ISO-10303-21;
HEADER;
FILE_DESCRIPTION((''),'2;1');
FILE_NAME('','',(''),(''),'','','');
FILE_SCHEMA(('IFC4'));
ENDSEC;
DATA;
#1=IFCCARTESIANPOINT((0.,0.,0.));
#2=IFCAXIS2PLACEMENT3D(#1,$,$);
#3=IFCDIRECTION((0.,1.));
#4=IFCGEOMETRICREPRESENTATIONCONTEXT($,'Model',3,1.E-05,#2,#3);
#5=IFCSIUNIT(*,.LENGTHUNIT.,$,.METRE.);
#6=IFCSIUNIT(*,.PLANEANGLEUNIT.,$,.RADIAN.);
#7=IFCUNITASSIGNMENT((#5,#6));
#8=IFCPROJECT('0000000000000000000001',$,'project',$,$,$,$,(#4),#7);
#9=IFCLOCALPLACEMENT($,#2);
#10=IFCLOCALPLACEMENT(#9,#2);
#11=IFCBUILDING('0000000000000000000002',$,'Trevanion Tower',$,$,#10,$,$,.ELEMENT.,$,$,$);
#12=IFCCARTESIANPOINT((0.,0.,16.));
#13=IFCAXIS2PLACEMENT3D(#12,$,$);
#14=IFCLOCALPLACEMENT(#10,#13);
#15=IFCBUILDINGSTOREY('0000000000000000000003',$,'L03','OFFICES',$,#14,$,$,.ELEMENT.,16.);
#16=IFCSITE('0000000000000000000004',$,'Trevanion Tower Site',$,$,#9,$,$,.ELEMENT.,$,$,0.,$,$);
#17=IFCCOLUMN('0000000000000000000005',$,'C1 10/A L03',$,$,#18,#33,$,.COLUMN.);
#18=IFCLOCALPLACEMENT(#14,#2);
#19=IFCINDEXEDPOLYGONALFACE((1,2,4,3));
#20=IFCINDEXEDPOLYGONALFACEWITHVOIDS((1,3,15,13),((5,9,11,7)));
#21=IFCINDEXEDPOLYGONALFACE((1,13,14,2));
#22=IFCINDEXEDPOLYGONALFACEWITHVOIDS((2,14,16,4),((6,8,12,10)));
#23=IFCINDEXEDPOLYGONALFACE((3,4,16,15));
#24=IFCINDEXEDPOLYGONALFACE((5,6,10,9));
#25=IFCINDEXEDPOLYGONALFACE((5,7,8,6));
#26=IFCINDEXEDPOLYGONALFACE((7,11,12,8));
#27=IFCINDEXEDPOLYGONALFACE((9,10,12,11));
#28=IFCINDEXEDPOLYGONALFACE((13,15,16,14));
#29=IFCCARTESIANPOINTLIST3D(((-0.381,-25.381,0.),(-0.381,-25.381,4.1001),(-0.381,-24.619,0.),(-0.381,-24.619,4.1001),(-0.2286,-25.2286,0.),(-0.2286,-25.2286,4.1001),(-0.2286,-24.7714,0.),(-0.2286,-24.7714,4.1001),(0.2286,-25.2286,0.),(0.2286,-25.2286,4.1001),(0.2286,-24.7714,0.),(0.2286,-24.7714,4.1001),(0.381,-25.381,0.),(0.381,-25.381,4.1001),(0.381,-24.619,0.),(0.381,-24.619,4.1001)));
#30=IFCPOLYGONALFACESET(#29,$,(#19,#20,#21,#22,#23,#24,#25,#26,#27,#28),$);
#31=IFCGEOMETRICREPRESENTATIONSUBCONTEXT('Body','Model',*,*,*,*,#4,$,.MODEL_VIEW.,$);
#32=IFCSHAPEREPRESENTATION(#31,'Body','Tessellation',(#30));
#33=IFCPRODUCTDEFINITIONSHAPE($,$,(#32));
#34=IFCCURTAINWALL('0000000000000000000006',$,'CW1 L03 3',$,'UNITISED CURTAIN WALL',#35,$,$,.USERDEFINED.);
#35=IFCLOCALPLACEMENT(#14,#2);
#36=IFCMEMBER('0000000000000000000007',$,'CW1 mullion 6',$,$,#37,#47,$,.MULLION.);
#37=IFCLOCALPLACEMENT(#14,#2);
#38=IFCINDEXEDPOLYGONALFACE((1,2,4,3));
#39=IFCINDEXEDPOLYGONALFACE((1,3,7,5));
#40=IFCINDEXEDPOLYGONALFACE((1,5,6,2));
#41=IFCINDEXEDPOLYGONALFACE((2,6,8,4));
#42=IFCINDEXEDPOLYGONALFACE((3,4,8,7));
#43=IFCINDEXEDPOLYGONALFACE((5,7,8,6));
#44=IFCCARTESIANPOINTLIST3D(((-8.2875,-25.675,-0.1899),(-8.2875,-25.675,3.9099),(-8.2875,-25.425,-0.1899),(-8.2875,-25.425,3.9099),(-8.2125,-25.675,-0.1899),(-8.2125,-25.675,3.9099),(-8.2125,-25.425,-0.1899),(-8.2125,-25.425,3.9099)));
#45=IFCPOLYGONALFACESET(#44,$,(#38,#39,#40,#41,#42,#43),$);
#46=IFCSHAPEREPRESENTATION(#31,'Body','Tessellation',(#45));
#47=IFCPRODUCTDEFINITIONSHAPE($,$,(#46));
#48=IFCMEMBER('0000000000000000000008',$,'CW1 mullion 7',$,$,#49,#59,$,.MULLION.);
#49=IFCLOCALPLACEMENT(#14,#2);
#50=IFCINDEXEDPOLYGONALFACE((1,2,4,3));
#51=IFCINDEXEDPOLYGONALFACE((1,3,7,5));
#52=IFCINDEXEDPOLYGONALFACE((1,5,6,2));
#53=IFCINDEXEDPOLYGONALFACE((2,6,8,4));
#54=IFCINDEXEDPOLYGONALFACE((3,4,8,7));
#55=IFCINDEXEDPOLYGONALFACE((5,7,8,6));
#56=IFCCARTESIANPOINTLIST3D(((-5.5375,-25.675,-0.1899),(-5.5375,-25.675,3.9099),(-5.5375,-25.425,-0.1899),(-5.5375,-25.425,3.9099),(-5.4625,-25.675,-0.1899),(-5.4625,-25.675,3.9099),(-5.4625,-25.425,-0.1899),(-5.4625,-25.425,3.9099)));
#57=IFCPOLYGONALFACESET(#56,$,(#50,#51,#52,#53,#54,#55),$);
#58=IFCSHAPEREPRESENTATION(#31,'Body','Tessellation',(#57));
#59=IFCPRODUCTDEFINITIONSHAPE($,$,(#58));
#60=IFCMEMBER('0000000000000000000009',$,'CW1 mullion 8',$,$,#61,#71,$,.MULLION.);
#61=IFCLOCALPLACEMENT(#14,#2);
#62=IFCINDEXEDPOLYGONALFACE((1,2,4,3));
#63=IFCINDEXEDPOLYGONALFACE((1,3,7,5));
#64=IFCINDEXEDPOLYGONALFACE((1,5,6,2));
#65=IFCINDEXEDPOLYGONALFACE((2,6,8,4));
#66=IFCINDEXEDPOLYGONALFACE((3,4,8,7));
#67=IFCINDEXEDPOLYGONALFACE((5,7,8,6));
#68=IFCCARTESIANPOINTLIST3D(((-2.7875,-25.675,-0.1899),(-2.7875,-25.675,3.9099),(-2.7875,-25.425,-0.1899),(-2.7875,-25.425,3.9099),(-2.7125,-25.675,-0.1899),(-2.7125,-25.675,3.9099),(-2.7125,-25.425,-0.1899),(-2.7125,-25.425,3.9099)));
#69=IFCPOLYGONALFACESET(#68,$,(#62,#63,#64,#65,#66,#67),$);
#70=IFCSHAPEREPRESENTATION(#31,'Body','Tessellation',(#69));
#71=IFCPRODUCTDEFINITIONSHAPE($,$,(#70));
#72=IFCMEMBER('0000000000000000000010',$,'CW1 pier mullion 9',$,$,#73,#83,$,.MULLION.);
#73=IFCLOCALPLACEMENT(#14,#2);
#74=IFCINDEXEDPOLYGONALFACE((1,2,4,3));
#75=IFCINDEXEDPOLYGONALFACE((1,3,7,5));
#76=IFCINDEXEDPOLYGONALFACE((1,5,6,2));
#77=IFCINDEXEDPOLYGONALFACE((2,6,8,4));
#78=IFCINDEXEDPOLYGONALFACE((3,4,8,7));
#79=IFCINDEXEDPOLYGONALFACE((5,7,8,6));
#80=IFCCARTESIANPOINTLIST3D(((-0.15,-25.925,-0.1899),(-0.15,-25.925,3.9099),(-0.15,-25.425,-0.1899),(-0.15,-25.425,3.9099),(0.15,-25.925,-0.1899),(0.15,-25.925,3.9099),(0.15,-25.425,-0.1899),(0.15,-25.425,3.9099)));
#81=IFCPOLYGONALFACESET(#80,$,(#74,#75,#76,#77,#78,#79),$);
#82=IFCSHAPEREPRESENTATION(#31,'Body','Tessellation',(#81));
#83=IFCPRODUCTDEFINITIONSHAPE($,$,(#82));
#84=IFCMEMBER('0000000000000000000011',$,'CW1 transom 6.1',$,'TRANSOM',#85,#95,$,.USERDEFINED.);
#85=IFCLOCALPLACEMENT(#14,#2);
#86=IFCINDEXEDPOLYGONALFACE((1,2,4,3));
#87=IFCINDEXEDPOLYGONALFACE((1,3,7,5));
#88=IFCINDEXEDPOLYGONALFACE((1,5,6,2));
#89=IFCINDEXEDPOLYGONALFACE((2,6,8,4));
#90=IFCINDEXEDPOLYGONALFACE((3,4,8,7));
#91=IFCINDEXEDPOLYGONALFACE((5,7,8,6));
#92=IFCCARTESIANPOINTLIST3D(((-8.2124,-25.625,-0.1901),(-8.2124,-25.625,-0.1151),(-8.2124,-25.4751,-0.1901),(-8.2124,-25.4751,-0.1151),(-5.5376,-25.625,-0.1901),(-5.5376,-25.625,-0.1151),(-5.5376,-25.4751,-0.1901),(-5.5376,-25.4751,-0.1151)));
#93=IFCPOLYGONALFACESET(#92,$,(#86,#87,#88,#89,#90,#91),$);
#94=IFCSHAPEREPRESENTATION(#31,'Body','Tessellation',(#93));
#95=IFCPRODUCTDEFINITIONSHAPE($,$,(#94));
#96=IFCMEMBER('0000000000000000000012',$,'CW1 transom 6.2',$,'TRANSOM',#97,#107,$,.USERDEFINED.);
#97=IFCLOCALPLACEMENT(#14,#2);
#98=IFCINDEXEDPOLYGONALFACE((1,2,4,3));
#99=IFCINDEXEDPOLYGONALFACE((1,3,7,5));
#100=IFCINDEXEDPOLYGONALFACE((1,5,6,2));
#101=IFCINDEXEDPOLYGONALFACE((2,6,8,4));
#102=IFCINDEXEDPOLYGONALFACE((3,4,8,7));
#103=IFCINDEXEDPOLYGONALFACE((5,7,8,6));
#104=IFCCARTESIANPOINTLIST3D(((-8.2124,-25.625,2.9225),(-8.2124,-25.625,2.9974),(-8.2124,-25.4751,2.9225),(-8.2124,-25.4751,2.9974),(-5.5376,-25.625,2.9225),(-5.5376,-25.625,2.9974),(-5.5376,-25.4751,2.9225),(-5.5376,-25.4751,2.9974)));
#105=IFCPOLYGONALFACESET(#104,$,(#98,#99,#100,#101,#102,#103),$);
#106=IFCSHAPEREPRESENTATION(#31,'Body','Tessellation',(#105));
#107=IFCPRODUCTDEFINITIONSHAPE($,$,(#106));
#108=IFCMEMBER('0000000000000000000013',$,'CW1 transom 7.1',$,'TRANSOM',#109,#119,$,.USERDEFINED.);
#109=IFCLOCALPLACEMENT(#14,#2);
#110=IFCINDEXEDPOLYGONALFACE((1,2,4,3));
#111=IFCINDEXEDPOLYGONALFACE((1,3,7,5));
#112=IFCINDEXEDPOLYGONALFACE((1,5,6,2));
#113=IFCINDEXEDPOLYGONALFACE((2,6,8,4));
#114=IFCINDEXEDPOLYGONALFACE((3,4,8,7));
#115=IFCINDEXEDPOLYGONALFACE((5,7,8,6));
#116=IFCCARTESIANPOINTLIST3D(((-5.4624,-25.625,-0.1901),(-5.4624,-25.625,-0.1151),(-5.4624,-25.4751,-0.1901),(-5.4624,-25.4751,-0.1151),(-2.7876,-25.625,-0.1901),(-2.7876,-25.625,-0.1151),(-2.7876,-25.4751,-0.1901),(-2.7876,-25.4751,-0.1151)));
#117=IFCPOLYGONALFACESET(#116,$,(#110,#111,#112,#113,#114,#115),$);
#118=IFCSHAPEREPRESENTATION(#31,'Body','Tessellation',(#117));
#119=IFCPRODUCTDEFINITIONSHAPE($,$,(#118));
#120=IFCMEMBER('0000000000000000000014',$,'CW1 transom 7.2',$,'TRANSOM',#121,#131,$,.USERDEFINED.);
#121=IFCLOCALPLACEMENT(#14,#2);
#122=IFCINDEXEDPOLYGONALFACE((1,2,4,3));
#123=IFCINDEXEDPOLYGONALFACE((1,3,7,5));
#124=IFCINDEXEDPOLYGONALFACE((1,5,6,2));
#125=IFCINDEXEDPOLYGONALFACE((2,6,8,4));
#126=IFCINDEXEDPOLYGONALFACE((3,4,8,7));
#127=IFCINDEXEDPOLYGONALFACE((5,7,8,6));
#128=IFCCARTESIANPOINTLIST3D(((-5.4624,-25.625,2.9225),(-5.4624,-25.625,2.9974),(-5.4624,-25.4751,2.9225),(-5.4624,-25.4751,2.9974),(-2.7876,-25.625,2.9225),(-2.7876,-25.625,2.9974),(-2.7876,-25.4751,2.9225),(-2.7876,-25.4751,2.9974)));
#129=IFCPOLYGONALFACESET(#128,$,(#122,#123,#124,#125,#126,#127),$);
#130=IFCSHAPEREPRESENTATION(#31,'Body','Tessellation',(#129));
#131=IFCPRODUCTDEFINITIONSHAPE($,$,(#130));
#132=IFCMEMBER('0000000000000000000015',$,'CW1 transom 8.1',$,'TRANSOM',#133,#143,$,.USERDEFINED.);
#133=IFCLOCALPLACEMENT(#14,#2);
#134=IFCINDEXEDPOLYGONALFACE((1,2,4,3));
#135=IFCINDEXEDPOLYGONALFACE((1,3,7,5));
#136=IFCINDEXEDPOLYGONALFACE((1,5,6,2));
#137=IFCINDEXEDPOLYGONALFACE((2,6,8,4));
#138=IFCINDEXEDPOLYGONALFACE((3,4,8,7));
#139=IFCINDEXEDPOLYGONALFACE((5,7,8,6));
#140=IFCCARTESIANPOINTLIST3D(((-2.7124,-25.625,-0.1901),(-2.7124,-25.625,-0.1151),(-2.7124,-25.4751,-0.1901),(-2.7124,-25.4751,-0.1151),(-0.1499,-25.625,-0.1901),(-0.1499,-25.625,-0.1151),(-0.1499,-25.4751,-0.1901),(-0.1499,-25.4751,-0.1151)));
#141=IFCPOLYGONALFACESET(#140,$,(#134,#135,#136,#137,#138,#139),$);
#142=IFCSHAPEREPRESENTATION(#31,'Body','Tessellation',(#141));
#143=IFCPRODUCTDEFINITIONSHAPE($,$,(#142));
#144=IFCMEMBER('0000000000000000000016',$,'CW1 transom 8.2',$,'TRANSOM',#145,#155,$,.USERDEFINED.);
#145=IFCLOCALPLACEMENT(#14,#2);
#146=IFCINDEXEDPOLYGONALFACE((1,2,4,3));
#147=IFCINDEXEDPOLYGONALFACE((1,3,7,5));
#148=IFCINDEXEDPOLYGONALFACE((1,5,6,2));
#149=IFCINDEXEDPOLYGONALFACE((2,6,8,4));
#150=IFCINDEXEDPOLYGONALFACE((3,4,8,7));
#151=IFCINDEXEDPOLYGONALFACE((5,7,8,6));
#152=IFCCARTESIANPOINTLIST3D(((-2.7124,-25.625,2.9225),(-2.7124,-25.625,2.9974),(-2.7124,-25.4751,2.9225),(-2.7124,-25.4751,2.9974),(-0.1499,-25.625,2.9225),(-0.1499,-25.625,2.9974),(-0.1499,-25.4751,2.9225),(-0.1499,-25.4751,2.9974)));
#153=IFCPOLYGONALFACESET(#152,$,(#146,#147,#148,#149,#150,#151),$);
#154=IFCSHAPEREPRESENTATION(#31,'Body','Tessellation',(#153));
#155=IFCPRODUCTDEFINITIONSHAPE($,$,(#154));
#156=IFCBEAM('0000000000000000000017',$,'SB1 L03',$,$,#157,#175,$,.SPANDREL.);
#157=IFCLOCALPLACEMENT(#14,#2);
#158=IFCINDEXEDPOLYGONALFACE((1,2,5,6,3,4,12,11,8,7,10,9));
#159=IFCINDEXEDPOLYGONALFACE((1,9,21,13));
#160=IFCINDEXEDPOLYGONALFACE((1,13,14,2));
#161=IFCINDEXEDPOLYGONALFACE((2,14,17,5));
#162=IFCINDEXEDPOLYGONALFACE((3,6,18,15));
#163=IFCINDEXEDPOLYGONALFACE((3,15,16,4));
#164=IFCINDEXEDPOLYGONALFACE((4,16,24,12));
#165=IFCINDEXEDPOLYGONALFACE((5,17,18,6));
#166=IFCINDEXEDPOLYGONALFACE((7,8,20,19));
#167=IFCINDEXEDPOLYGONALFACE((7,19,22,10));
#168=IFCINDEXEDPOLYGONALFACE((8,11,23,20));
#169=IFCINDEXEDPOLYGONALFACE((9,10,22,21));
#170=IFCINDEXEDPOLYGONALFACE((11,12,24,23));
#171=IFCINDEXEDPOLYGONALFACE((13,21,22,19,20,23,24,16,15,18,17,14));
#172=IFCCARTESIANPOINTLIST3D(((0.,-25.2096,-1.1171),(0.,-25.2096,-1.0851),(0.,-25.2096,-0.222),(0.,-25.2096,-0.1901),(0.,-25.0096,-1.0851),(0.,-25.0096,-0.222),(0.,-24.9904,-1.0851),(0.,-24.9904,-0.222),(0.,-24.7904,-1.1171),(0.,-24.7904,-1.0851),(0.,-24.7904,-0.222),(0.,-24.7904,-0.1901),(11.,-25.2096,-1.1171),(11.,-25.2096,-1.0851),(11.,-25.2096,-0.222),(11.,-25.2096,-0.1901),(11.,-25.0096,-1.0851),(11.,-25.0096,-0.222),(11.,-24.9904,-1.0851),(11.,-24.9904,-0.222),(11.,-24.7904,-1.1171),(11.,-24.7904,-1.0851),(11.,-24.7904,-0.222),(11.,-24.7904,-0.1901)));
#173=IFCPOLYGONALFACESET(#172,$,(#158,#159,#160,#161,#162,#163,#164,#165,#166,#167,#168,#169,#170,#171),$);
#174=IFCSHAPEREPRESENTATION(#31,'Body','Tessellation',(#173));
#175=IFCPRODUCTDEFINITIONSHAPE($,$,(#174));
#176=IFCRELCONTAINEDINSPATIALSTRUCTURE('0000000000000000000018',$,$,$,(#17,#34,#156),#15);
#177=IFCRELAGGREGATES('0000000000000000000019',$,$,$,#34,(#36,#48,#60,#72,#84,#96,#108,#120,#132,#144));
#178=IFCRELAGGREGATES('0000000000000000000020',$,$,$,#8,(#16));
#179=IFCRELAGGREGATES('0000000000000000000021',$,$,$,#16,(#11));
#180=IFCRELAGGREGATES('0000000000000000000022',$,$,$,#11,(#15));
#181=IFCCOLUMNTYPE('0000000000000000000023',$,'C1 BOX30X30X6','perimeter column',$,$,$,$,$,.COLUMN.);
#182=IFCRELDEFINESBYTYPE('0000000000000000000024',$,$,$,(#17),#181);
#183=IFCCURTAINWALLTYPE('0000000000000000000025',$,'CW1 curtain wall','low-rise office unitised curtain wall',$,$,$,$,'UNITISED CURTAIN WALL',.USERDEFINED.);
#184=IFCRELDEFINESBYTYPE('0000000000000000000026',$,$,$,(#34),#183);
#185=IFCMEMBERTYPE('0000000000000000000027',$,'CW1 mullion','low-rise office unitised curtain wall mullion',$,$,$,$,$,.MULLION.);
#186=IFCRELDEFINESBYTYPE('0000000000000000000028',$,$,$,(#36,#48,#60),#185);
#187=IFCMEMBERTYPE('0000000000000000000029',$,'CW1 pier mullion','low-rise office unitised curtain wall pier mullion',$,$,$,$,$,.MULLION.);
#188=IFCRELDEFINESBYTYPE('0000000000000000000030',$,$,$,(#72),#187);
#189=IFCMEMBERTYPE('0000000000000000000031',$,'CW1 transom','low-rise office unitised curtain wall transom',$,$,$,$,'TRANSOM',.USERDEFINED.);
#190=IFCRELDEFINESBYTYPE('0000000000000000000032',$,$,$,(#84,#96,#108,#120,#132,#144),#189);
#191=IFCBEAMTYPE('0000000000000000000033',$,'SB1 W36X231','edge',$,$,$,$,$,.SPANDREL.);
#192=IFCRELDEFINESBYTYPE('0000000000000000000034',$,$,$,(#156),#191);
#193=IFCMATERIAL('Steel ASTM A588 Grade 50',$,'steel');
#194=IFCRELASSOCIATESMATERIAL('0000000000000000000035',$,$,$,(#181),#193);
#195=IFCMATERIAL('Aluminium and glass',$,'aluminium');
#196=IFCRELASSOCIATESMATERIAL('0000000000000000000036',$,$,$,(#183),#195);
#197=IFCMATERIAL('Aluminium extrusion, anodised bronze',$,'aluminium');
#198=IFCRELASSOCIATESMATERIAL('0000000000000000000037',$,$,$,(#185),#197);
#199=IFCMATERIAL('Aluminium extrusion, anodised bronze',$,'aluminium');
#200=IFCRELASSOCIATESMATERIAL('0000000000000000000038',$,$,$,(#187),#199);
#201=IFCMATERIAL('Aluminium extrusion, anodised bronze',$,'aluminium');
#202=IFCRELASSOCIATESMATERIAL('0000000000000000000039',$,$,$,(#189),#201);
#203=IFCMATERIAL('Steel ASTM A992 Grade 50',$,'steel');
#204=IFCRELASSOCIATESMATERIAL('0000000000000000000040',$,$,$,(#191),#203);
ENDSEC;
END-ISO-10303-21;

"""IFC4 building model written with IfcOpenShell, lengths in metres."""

from ifc_helpers import new_model, si_unit, direction, frame, origin, origin_2d, place, context, subcontext, project, spatial, rectangle, hollow_rectangle, i_section, extrude, material, material_profile, profile_set, type_object, element, aggregate, save


model = new_model("IFC4")

# Units and contexts
model_context = context("Model", 3, precision=1e-05, world=origin(), true_north=direction((0.0, 1.0)))
body_context = subcontext(model_context, "Body", "Model", "MODEL_VIEW")
ifc_project = project(units=[si_unit("LENGTHUNIT", "METRE"), si_unit("PLANEANGLEUNIT", "RADIAN")], contexts=[model_context])

# Site, building, storey
site_placement = place(None, origin())
site = spatial("IfcSite", under=ifc_project, at=site_placement, Name="Trevanion Tower Site", CompositionType="ELEMENT", RefElevation=0.0)
building_placement = place(site_placement, origin())
building = spatial("IfcBuilding", under=site, at=building_placement, Name="Trevanion Tower", CompositionType="ELEMENT")
storey_placement = place(building_placement, frame((0.0, 0.0, 16.0)))
storey = spatial("IfcBuildingStorey", under=building, at=storey_placement, Name="L03", Description="OFFICES", CompositionType="ELEMENT", Elevation=16.0)

# Column
ifc_material_1 = material(Name="Steel ASTM A588 Grade 50", Category="steel")
ifc_material_profile_1 = material_profile(ifc_material_1, hollow_rectangle(XDim=0.762, YDim=0.762, WallThickness=0.1523, at=origin_2d()), Name="BOX30X30X6")
ifc_profile_set_1 = profile_set([ifc_material_profile_1], Name="Steel ASTM A588 Grade 50")
column_type = type_object("IfcColumnType", Name="C1 BOX30X30X6", Description="perimeter column", PredefinedType="COLUMN", material=ifc_profile_set_1)
column_placement = place(storey_placement, frame((0.0, -25.0, 0.0), z_axis=(0.0, 0.0, 1.0), x_axis=(1.0, 0.0, 0.0)))
element("IfcColumn", 1, at=column_placement, inside=storey, type_object=column_type, Name="C1 10/A L03", PredefinedType="COLUMN", context=body_context, shape_type="SweptSolid", body=[
    extrude(hollow_rectangle(XDim=0.762, YDim=0.762, WallThickness=0.1523, at=origin_2d()), origin(), (0.0, 0.0, 1.0), 4.1001),
])

# Curtain wall, members
ifc_material_2 = material(Name="Aluminium and glass", Category="aluminium")
curtain_wall_type = type_object("IfcCurtainWallType", Name="CW1 curtain wall", Description="low-rise office unitised curtain wall", ElementType="UNITISED CURTAIN WALL", PredefinedType="USERDEFINED", material=ifc_material_2)
curtain_wall_placement = place(storey_placement, origin())
curtain_wall = element("IfcCurtainWall", 2, at=curtain_wall_placement, inside=storey, type_object=curtain_wall_type, Name="CW1 L03 3", ObjectType="UNITISED CURTAIN WALL", PredefinedType="USERDEFINED")
ifc_material_3 = material(Name="Aluminium extrusion, anodised bronze", Category="aluminium")
ifc_material_profile_2 = material_profile(ifc_material_3, rectangle(XDim=0.075, YDim=0.25, at=origin_2d()), Name="CW1 mullion")
ifc_profile_set_2 = profile_set([ifc_material_profile_2], Name="Aluminium extrusion, anodised bronze")
member_type_1 = type_object("IfcMemberType", Name="CW1 mullion", Description="low-rise office unitised curtain wall mullion", PredefinedType="MULLION", material=ifc_profile_set_2)
member_1_placement = place(storey_placement, frame((-8.25, -25.55, -0.1899), z_axis=(0.0, 0.0, 1.0), x_axis=(1.0, 0.0, 0.0)))
member_1 = element("IfcMember", 3, at=member_1_placement, type_object=member_type_1, Name="CW1 mullion 6", PredefinedType="MULLION", context=body_context, shape_type="SweptSolid", body=[
    extrude(rectangle(XDim=0.075, YDim=0.25, at=origin_2d()), origin(), (0.0, 0.0, 1.0), 4.0999),
])
member_2_placement = place(storey_placement, frame((-5.5, -25.55, -0.1899), z_axis=(0.0, 0.0, 1.0), x_axis=(1.0, 0.0, 0.0)))
member_2 = element("IfcMember", 4, at=member_2_placement, type_object=member_type_1, Name="CW1 mullion 7", PredefinedType="MULLION", context=body_context, shape_type="SweptSolid", body=[
    extrude(rectangle(XDim=0.075, YDim=0.25, at=origin_2d()), origin(), (0.0, 0.0, 1.0), 4.0999),
])
member_3_placement = place(storey_placement, frame((-2.75, -25.55, -0.1899), z_axis=(0.0, 0.0, 1.0), x_axis=(1.0, 0.0, 0.0)))
member_3 = element("IfcMember", 5, at=member_3_placement, type_object=member_type_1, Name="CW1 mullion 8", PredefinedType="MULLION", context=body_context, shape_type="SweptSolid", body=[
    extrude(rectangle(XDim=0.075, YDim=0.25, at=origin_2d()), origin(), (0.0, 0.0, 1.0), 4.0999),
])
ifc_material_4 = material(Name="Aluminium extrusion, anodised bronze", Category="aluminium")
ifc_material_profile_3 = material_profile(ifc_material_4, rectangle(XDim=0.3, YDim=0.5, at=origin_2d()), Name="CW1 pier mullion")
ifc_profile_set_3 = profile_set([ifc_material_profile_3], Name="Aluminium extrusion, anodised bronze")
member_type_2 = type_object("IfcMemberType", Name="CW1 pier mullion", Description="low-rise office unitised curtain wall pier mullion", PredefinedType="MULLION", material=ifc_profile_set_3)
member_4_placement = place(storey_placement, frame((0.0, -25.675, -0.1899), z_axis=(0.0, 0.0, 1.0), x_axis=(1.0, 0.0, 0.0)))
member_4 = element("IfcMember", 6, at=member_4_placement, type_object=member_type_2, Name="CW1 pier mullion 9", PredefinedType="MULLION", context=body_context, shape_type="SweptSolid", body=[
    extrude(rectangle(XDim=0.3, YDim=0.5, at=origin_2d()), origin(), (0.0, 0.0, 1.0), 4.0999),
])
ifc_material_5 = material(Name="Aluminium extrusion, anodised bronze", Category="aluminium")
ifc_material_profile_4 = material_profile(ifc_material_5, rectangle(XDim=0.1499, YDim=0.075, at=origin_2d()), Name="CW1 transom")
ifc_profile_set_4 = profile_set([ifc_material_profile_4], Name="Aluminium extrusion, anodised bronze")
member_type_3 = type_object("IfcMemberType", Name="CW1 transom", Description="low-rise office unitised curtain wall transom", ElementType="TRANSOM", PredefinedType="USERDEFINED", material=ifc_profile_set_4)
member_5_placement = place(storey_placement, frame((-8.2124, -25.55, -0.1526), z_axis=(1.0, 0.0, 0.0), x_axis=(0.0, 1.0, 0.0)))
member_5 = element("IfcMember", 7, at=member_5_placement, type_object=member_type_3, Name="CW1 transom 6.1", ObjectType="TRANSOM", PredefinedType="USERDEFINED", context=body_context, shape_type="SweptSolid", body=[
    extrude(rectangle(XDim=0.1499, YDim=0.075, at=origin_2d()), origin(), (0.0, 0.0, 1.0), 2.6748),
])
member_6_placement = place(storey_placement, frame((-8.2124, -25.55, 2.96), z_axis=(1.0, 0.0, 0.0), x_axis=(0.0, 1.0, 0.0)))
member_6 = element("IfcMember", 8, at=member_6_placement, type_object=member_type_3, Name="CW1 transom 6.2", ObjectType="TRANSOM", PredefinedType="USERDEFINED", context=body_context, shape_type="SweptSolid", body=[
    extrude(rectangle(XDim=0.1499, YDim=0.075, at=origin_2d()), origin(), (0.0, 0.0, 1.0), 2.6748),
])
member_7_placement = place(storey_placement, frame((-5.4624, -25.55, -0.1526), z_axis=(1.0, 0.0, 0.0), x_axis=(0.0, 1.0, 0.0)))
member_7 = element("IfcMember", 9, at=member_7_placement, type_object=member_type_3, Name="CW1 transom 7.1", ObjectType="TRANSOM", PredefinedType="USERDEFINED", context=body_context, shape_type="SweptSolid", body=[
    extrude(rectangle(XDim=0.1499, YDim=0.075, at=origin_2d()), origin(), (0.0, 0.0, 1.0), 2.6748),
])
member_8_placement = place(storey_placement, frame((-5.4624, -25.55, 2.96), z_axis=(1.0, 0.0, 0.0), x_axis=(0.0, 1.0, 0.0)))
member_8 = element("IfcMember", 10, at=member_8_placement, type_object=member_type_3, Name="CW1 transom 7.2", ObjectType="TRANSOM", PredefinedType="USERDEFINED", context=body_context, shape_type="SweptSolid", body=[
    extrude(rectangle(XDim=0.1499, YDim=0.075, at=origin_2d()), origin(), (0.0, 0.0, 1.0), 2.6748),
])
member_9_placement = place(storey_placement, frame((-2.7124, -25.55, -0.1526), z_axis=(1.0, 0.0, 0.0), x_axis=(0.0, 1.0, 0.0)))
member_9 = element("IfcMember", 11, at=member_9_placement, type_object=member_type_3, Name="CW1 transom 8.1", ObjectType="TRANSOM", PredefinedType="USERDEFINED", context=body_context, shape_type="SweptSolid", body=[
    extrude(rectangle(XDim=0.1499, YDim=0.075, at=origin_2d()), origin(), (0.0, 0.0, 1.0), 2.5625),
])
member_10_placement = place(storey_placement, frame((-2.7124, -25.55, 2.96), z_axis=(1.0, 0.0, 0.0), x_axis=(0.0, 1.0, 0.0)))
member_10 = element("IfcMember", 12, at=member_10_placement, type_object=member_type_3, Name="CW1 transom 8.2", ObjectType="TRANSOM", PredefinedType="USERDEFINED", context=body_context, shape_type="SweptSolid", body=[
    extrude(rectangle(XDim=0.1499, YDim=0.075, at=origin_2d()), origin(), (0.0, 0.0, 1.0), 2.5625),
])

# Beam
ifc_material_6 = material(Name="Steel ASTM A992 Grade 50", Category="steel")
ifc_material_profile_5 = material_profile(ifc_material_6, i_section(OverallWidth=0.4192, OverallDepth=0.927, WebThickness=0.0193, FlangeThickness=0.032, at=origin_2d()), Name="W36X231")
ifc_profile_set_5 = profile_set([ifc_material_profile_5], Name="Steel ASTM A992 Grade 50")
beam_type = type_object("IfcBeamType", Name="SB1 W36X231", Description="edge", PredefinedType="SPANDREL", material=ifc_profile_set_5)
beam_placement = place(storey_placement, frame((0.0, -25.0, -0.6536), z_axis=(1.0, 0.0, 0.0), x_axis=(0.0, 1.0, 0.0)))
element("IfcBeam", 13, at=beam_placement, inside=storey, type_object=beam_type, Name="SB1 L03", PredefinedType="SPANDREL", context=body_context, shape_type="SweptSolid", body=[
    extrude(i_section(OverallWidth=0.4192, OverallDepth=0.927, WebThickness=0.0193, FlangeThickness=0.032, at=origin_2d()), origin(), (0.0, 0.0, 1.0), 11.0),
])

aggregate(curtain_wall, [member_1, member_2, member_3, member_4, member_5, member_6, member_7, member_8, member_9, member_10])

save(model, "model.ifc")
